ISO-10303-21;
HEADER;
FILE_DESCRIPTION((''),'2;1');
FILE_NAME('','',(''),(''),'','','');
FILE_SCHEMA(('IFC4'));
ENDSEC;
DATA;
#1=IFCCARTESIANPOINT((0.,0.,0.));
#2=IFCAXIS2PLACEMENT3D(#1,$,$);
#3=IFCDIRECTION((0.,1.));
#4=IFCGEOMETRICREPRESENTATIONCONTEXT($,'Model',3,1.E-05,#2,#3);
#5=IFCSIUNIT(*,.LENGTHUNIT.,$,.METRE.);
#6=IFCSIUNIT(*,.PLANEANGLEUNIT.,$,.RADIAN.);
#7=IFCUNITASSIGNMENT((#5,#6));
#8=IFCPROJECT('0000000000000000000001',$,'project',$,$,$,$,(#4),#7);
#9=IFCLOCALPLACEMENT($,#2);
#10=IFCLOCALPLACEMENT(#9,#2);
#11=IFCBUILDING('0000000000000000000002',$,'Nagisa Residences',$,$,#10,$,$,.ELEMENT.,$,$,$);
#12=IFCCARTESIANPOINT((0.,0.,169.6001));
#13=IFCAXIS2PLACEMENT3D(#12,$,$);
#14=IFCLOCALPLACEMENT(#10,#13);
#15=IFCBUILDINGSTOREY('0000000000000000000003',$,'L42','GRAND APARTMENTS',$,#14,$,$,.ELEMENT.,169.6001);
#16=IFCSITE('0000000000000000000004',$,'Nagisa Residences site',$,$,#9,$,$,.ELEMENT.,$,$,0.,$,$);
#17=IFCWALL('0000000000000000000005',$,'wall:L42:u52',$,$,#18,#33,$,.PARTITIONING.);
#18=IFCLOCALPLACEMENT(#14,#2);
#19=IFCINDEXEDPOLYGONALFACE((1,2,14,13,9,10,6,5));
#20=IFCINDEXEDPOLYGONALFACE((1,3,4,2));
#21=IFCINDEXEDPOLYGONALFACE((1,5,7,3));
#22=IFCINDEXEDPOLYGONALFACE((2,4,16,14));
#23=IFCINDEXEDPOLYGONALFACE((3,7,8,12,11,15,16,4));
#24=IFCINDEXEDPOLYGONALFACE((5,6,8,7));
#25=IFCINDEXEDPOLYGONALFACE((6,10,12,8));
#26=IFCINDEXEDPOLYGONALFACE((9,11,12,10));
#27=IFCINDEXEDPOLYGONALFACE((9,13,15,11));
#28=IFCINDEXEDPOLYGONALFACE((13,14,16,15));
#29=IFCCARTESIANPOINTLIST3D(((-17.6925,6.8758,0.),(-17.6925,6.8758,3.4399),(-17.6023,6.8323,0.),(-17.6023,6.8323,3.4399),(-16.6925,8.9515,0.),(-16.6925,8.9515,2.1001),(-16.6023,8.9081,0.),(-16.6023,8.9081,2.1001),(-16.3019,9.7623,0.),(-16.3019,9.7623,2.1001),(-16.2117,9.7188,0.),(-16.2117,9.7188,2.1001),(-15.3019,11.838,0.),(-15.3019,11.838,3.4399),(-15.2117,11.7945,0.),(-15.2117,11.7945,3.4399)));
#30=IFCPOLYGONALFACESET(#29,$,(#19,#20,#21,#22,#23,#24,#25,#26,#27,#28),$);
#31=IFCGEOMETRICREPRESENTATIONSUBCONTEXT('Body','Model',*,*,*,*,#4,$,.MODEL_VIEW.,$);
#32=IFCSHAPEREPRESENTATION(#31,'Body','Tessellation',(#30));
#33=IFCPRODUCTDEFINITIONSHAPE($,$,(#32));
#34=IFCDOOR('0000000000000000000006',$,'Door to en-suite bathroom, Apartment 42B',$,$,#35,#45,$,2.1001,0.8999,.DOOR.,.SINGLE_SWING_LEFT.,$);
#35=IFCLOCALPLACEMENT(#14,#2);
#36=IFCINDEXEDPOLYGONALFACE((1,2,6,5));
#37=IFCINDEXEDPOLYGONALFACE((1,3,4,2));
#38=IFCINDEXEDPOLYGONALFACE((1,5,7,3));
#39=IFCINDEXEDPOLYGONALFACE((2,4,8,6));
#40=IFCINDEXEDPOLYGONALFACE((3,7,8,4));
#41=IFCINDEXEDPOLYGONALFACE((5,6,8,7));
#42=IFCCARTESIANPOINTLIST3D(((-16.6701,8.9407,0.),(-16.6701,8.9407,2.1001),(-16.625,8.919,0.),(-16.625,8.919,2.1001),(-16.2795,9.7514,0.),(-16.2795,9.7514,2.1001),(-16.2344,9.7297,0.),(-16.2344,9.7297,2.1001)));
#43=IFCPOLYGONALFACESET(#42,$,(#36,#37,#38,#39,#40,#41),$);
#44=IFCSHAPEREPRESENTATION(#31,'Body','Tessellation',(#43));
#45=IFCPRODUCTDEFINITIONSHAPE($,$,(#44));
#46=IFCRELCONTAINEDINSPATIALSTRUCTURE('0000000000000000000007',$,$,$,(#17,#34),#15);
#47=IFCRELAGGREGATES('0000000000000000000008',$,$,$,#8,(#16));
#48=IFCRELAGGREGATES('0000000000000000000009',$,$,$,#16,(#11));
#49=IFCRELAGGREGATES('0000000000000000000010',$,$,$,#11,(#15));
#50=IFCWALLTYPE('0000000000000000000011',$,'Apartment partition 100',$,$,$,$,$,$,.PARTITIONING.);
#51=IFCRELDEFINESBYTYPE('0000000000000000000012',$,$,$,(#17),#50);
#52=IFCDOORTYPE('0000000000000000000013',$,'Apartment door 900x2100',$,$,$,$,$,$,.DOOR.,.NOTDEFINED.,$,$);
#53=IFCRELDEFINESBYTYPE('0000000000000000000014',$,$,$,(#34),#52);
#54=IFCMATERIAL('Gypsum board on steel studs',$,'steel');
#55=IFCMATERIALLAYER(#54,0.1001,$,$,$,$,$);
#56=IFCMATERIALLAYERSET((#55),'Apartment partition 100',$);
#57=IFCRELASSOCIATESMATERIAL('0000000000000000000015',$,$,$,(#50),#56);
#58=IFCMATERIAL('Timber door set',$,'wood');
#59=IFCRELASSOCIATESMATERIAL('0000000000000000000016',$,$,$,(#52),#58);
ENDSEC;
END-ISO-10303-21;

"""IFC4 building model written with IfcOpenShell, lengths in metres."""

from ifc_helpers import new_model, si_unit, direction, frame, frame_2d, origin, place, context, subcontext, project, spatial, rectangle, extrude, material, layer, layer_set, type_object, element, fill, save


model = new_model("IFC4")

# Units and contexts
model_context = context("Model", 3, precision=1e-05, world=origin(), true_north=direction((0.0, 1.0)))
body_context = subcontext(model_context, "Body", "Model", "MODEL_VIEW")
ifc_project = project(units=[si_unit("LENGTHUNIT", "METRE"), si_unit("PLANEANGLEUNIT", "RADIAN")], contexts=[model_context])

# Site, building, storey
site_placement = place(None, origin())
site = spatial("IfcSite", under=ifc_project, at=site_placement, Name="Nagisa Residences site", CompositionType="ELEMENT", RefElevation=0.0)
building_placement = place(site_placement, origin())
building = spatial("IfcBuilding", under=site, at=building_placement, Name="Nagisa Residences", CompositionType="ELEMENT")
storey_placement = place(building_placement, frame((0.0, 0.0, 169.6001)))
storey = spatial("IfcBuildingStorey", under=building, at=storey_placement, Name="L42", Description="GRAND APARTMENTS", CompositionType="ELEMENT", Elevation=169.6001)

# Wall, opening, door
ifc_material_1 = material(Name="Gypsum board on steel studs", Category="steel")
ifc_layer_1 = layer(ifc_material_1, 0.1001)
ifc_layer_set_1 = layer_set([ifc_layer_1], Name="Apartment partition 100")
wall_type_1 = type_object("IfcWallType", Name="Apartment partition 100", PredefinedType="PARTITIONING", material=ifc_layer_set_1)
ifc_material_2 = material(Name="Timber door set", Category="wood")
door_type_1 = type_object("IfcDoorType", Name="Apartment door 900x2100", OperationType="NOTDEFINED", PredefinedType="DOOR", material=ifc_material_2)
wall_1_placement = place(storey_placement, frame((-15.2568, 11.8162, 0.0), z_axis=(0.0, 0.0, 1.0), x_axis=(-0.434028, -0.9009, 0.0)))
wall_1 = element("IfcWall", 1, at=wall_1_placement, inside=storey, type_object=wall_type_1, Name="wall:L42:u52", PredefinedType="PARTITIONING", context=body_context, shape_type="SweptSolid", body=[
    extrude(rectangle(XDim=5.5081, YDim=0.1001, at=frame_2d((2.7539, 0.0))), origin(), (0.0, 0.0, 1.0), 3.4399),
])
opening_1_placement = place(wall_1_placement, frame((2.304, 0.0, 0.0)))
opening_1 = element("IfcOpeningElement", 2, at=opening_1_placement, cuts=wall_1, PredefinedType="OPENING", context=body_context, shape_type="SweptSolid", body=[
    extrude(rectangle(XDim=0.8999, YDim=2.1001, at=frame_2d((0.45, 1.05))), frame((0.0, 0.0601, 0.0), z_axis=(0.0, -1.0, 0.0), x_axis=(1.0, 0.0, 0.0)), (0.0, 0.0, 1.0), 0.1201),
])
door_1_placement = place(opening_1_placement, origin())
door_1 = element("IfcDoor", 3, at=door_1_placement, inside=storey, type_object=door_type_1, Name="Door to en-suite bathroom, Apartment 42B", OperationType="SINGLE_SWING_LEFT", OverallHeight=2.1001, OverallWidth=0.8999, PredefinedType="DOOR", context=body_context, shape_type="SweptSolid", body=[
    extrude(rectangle(XDim=0.8999, YDim=2.1001, at=frame_2d((0.45, 1.05))), frame((0.0, 0.0249, 0.0), z_axis=(0.0, -1.0, 0.0), x_axis=(1.0, 0.0, 0.0)), (0.0, 0.0, 1.0), 0.05),
])
fill(opening_1, door_1)

save(model, "model.ifc")
